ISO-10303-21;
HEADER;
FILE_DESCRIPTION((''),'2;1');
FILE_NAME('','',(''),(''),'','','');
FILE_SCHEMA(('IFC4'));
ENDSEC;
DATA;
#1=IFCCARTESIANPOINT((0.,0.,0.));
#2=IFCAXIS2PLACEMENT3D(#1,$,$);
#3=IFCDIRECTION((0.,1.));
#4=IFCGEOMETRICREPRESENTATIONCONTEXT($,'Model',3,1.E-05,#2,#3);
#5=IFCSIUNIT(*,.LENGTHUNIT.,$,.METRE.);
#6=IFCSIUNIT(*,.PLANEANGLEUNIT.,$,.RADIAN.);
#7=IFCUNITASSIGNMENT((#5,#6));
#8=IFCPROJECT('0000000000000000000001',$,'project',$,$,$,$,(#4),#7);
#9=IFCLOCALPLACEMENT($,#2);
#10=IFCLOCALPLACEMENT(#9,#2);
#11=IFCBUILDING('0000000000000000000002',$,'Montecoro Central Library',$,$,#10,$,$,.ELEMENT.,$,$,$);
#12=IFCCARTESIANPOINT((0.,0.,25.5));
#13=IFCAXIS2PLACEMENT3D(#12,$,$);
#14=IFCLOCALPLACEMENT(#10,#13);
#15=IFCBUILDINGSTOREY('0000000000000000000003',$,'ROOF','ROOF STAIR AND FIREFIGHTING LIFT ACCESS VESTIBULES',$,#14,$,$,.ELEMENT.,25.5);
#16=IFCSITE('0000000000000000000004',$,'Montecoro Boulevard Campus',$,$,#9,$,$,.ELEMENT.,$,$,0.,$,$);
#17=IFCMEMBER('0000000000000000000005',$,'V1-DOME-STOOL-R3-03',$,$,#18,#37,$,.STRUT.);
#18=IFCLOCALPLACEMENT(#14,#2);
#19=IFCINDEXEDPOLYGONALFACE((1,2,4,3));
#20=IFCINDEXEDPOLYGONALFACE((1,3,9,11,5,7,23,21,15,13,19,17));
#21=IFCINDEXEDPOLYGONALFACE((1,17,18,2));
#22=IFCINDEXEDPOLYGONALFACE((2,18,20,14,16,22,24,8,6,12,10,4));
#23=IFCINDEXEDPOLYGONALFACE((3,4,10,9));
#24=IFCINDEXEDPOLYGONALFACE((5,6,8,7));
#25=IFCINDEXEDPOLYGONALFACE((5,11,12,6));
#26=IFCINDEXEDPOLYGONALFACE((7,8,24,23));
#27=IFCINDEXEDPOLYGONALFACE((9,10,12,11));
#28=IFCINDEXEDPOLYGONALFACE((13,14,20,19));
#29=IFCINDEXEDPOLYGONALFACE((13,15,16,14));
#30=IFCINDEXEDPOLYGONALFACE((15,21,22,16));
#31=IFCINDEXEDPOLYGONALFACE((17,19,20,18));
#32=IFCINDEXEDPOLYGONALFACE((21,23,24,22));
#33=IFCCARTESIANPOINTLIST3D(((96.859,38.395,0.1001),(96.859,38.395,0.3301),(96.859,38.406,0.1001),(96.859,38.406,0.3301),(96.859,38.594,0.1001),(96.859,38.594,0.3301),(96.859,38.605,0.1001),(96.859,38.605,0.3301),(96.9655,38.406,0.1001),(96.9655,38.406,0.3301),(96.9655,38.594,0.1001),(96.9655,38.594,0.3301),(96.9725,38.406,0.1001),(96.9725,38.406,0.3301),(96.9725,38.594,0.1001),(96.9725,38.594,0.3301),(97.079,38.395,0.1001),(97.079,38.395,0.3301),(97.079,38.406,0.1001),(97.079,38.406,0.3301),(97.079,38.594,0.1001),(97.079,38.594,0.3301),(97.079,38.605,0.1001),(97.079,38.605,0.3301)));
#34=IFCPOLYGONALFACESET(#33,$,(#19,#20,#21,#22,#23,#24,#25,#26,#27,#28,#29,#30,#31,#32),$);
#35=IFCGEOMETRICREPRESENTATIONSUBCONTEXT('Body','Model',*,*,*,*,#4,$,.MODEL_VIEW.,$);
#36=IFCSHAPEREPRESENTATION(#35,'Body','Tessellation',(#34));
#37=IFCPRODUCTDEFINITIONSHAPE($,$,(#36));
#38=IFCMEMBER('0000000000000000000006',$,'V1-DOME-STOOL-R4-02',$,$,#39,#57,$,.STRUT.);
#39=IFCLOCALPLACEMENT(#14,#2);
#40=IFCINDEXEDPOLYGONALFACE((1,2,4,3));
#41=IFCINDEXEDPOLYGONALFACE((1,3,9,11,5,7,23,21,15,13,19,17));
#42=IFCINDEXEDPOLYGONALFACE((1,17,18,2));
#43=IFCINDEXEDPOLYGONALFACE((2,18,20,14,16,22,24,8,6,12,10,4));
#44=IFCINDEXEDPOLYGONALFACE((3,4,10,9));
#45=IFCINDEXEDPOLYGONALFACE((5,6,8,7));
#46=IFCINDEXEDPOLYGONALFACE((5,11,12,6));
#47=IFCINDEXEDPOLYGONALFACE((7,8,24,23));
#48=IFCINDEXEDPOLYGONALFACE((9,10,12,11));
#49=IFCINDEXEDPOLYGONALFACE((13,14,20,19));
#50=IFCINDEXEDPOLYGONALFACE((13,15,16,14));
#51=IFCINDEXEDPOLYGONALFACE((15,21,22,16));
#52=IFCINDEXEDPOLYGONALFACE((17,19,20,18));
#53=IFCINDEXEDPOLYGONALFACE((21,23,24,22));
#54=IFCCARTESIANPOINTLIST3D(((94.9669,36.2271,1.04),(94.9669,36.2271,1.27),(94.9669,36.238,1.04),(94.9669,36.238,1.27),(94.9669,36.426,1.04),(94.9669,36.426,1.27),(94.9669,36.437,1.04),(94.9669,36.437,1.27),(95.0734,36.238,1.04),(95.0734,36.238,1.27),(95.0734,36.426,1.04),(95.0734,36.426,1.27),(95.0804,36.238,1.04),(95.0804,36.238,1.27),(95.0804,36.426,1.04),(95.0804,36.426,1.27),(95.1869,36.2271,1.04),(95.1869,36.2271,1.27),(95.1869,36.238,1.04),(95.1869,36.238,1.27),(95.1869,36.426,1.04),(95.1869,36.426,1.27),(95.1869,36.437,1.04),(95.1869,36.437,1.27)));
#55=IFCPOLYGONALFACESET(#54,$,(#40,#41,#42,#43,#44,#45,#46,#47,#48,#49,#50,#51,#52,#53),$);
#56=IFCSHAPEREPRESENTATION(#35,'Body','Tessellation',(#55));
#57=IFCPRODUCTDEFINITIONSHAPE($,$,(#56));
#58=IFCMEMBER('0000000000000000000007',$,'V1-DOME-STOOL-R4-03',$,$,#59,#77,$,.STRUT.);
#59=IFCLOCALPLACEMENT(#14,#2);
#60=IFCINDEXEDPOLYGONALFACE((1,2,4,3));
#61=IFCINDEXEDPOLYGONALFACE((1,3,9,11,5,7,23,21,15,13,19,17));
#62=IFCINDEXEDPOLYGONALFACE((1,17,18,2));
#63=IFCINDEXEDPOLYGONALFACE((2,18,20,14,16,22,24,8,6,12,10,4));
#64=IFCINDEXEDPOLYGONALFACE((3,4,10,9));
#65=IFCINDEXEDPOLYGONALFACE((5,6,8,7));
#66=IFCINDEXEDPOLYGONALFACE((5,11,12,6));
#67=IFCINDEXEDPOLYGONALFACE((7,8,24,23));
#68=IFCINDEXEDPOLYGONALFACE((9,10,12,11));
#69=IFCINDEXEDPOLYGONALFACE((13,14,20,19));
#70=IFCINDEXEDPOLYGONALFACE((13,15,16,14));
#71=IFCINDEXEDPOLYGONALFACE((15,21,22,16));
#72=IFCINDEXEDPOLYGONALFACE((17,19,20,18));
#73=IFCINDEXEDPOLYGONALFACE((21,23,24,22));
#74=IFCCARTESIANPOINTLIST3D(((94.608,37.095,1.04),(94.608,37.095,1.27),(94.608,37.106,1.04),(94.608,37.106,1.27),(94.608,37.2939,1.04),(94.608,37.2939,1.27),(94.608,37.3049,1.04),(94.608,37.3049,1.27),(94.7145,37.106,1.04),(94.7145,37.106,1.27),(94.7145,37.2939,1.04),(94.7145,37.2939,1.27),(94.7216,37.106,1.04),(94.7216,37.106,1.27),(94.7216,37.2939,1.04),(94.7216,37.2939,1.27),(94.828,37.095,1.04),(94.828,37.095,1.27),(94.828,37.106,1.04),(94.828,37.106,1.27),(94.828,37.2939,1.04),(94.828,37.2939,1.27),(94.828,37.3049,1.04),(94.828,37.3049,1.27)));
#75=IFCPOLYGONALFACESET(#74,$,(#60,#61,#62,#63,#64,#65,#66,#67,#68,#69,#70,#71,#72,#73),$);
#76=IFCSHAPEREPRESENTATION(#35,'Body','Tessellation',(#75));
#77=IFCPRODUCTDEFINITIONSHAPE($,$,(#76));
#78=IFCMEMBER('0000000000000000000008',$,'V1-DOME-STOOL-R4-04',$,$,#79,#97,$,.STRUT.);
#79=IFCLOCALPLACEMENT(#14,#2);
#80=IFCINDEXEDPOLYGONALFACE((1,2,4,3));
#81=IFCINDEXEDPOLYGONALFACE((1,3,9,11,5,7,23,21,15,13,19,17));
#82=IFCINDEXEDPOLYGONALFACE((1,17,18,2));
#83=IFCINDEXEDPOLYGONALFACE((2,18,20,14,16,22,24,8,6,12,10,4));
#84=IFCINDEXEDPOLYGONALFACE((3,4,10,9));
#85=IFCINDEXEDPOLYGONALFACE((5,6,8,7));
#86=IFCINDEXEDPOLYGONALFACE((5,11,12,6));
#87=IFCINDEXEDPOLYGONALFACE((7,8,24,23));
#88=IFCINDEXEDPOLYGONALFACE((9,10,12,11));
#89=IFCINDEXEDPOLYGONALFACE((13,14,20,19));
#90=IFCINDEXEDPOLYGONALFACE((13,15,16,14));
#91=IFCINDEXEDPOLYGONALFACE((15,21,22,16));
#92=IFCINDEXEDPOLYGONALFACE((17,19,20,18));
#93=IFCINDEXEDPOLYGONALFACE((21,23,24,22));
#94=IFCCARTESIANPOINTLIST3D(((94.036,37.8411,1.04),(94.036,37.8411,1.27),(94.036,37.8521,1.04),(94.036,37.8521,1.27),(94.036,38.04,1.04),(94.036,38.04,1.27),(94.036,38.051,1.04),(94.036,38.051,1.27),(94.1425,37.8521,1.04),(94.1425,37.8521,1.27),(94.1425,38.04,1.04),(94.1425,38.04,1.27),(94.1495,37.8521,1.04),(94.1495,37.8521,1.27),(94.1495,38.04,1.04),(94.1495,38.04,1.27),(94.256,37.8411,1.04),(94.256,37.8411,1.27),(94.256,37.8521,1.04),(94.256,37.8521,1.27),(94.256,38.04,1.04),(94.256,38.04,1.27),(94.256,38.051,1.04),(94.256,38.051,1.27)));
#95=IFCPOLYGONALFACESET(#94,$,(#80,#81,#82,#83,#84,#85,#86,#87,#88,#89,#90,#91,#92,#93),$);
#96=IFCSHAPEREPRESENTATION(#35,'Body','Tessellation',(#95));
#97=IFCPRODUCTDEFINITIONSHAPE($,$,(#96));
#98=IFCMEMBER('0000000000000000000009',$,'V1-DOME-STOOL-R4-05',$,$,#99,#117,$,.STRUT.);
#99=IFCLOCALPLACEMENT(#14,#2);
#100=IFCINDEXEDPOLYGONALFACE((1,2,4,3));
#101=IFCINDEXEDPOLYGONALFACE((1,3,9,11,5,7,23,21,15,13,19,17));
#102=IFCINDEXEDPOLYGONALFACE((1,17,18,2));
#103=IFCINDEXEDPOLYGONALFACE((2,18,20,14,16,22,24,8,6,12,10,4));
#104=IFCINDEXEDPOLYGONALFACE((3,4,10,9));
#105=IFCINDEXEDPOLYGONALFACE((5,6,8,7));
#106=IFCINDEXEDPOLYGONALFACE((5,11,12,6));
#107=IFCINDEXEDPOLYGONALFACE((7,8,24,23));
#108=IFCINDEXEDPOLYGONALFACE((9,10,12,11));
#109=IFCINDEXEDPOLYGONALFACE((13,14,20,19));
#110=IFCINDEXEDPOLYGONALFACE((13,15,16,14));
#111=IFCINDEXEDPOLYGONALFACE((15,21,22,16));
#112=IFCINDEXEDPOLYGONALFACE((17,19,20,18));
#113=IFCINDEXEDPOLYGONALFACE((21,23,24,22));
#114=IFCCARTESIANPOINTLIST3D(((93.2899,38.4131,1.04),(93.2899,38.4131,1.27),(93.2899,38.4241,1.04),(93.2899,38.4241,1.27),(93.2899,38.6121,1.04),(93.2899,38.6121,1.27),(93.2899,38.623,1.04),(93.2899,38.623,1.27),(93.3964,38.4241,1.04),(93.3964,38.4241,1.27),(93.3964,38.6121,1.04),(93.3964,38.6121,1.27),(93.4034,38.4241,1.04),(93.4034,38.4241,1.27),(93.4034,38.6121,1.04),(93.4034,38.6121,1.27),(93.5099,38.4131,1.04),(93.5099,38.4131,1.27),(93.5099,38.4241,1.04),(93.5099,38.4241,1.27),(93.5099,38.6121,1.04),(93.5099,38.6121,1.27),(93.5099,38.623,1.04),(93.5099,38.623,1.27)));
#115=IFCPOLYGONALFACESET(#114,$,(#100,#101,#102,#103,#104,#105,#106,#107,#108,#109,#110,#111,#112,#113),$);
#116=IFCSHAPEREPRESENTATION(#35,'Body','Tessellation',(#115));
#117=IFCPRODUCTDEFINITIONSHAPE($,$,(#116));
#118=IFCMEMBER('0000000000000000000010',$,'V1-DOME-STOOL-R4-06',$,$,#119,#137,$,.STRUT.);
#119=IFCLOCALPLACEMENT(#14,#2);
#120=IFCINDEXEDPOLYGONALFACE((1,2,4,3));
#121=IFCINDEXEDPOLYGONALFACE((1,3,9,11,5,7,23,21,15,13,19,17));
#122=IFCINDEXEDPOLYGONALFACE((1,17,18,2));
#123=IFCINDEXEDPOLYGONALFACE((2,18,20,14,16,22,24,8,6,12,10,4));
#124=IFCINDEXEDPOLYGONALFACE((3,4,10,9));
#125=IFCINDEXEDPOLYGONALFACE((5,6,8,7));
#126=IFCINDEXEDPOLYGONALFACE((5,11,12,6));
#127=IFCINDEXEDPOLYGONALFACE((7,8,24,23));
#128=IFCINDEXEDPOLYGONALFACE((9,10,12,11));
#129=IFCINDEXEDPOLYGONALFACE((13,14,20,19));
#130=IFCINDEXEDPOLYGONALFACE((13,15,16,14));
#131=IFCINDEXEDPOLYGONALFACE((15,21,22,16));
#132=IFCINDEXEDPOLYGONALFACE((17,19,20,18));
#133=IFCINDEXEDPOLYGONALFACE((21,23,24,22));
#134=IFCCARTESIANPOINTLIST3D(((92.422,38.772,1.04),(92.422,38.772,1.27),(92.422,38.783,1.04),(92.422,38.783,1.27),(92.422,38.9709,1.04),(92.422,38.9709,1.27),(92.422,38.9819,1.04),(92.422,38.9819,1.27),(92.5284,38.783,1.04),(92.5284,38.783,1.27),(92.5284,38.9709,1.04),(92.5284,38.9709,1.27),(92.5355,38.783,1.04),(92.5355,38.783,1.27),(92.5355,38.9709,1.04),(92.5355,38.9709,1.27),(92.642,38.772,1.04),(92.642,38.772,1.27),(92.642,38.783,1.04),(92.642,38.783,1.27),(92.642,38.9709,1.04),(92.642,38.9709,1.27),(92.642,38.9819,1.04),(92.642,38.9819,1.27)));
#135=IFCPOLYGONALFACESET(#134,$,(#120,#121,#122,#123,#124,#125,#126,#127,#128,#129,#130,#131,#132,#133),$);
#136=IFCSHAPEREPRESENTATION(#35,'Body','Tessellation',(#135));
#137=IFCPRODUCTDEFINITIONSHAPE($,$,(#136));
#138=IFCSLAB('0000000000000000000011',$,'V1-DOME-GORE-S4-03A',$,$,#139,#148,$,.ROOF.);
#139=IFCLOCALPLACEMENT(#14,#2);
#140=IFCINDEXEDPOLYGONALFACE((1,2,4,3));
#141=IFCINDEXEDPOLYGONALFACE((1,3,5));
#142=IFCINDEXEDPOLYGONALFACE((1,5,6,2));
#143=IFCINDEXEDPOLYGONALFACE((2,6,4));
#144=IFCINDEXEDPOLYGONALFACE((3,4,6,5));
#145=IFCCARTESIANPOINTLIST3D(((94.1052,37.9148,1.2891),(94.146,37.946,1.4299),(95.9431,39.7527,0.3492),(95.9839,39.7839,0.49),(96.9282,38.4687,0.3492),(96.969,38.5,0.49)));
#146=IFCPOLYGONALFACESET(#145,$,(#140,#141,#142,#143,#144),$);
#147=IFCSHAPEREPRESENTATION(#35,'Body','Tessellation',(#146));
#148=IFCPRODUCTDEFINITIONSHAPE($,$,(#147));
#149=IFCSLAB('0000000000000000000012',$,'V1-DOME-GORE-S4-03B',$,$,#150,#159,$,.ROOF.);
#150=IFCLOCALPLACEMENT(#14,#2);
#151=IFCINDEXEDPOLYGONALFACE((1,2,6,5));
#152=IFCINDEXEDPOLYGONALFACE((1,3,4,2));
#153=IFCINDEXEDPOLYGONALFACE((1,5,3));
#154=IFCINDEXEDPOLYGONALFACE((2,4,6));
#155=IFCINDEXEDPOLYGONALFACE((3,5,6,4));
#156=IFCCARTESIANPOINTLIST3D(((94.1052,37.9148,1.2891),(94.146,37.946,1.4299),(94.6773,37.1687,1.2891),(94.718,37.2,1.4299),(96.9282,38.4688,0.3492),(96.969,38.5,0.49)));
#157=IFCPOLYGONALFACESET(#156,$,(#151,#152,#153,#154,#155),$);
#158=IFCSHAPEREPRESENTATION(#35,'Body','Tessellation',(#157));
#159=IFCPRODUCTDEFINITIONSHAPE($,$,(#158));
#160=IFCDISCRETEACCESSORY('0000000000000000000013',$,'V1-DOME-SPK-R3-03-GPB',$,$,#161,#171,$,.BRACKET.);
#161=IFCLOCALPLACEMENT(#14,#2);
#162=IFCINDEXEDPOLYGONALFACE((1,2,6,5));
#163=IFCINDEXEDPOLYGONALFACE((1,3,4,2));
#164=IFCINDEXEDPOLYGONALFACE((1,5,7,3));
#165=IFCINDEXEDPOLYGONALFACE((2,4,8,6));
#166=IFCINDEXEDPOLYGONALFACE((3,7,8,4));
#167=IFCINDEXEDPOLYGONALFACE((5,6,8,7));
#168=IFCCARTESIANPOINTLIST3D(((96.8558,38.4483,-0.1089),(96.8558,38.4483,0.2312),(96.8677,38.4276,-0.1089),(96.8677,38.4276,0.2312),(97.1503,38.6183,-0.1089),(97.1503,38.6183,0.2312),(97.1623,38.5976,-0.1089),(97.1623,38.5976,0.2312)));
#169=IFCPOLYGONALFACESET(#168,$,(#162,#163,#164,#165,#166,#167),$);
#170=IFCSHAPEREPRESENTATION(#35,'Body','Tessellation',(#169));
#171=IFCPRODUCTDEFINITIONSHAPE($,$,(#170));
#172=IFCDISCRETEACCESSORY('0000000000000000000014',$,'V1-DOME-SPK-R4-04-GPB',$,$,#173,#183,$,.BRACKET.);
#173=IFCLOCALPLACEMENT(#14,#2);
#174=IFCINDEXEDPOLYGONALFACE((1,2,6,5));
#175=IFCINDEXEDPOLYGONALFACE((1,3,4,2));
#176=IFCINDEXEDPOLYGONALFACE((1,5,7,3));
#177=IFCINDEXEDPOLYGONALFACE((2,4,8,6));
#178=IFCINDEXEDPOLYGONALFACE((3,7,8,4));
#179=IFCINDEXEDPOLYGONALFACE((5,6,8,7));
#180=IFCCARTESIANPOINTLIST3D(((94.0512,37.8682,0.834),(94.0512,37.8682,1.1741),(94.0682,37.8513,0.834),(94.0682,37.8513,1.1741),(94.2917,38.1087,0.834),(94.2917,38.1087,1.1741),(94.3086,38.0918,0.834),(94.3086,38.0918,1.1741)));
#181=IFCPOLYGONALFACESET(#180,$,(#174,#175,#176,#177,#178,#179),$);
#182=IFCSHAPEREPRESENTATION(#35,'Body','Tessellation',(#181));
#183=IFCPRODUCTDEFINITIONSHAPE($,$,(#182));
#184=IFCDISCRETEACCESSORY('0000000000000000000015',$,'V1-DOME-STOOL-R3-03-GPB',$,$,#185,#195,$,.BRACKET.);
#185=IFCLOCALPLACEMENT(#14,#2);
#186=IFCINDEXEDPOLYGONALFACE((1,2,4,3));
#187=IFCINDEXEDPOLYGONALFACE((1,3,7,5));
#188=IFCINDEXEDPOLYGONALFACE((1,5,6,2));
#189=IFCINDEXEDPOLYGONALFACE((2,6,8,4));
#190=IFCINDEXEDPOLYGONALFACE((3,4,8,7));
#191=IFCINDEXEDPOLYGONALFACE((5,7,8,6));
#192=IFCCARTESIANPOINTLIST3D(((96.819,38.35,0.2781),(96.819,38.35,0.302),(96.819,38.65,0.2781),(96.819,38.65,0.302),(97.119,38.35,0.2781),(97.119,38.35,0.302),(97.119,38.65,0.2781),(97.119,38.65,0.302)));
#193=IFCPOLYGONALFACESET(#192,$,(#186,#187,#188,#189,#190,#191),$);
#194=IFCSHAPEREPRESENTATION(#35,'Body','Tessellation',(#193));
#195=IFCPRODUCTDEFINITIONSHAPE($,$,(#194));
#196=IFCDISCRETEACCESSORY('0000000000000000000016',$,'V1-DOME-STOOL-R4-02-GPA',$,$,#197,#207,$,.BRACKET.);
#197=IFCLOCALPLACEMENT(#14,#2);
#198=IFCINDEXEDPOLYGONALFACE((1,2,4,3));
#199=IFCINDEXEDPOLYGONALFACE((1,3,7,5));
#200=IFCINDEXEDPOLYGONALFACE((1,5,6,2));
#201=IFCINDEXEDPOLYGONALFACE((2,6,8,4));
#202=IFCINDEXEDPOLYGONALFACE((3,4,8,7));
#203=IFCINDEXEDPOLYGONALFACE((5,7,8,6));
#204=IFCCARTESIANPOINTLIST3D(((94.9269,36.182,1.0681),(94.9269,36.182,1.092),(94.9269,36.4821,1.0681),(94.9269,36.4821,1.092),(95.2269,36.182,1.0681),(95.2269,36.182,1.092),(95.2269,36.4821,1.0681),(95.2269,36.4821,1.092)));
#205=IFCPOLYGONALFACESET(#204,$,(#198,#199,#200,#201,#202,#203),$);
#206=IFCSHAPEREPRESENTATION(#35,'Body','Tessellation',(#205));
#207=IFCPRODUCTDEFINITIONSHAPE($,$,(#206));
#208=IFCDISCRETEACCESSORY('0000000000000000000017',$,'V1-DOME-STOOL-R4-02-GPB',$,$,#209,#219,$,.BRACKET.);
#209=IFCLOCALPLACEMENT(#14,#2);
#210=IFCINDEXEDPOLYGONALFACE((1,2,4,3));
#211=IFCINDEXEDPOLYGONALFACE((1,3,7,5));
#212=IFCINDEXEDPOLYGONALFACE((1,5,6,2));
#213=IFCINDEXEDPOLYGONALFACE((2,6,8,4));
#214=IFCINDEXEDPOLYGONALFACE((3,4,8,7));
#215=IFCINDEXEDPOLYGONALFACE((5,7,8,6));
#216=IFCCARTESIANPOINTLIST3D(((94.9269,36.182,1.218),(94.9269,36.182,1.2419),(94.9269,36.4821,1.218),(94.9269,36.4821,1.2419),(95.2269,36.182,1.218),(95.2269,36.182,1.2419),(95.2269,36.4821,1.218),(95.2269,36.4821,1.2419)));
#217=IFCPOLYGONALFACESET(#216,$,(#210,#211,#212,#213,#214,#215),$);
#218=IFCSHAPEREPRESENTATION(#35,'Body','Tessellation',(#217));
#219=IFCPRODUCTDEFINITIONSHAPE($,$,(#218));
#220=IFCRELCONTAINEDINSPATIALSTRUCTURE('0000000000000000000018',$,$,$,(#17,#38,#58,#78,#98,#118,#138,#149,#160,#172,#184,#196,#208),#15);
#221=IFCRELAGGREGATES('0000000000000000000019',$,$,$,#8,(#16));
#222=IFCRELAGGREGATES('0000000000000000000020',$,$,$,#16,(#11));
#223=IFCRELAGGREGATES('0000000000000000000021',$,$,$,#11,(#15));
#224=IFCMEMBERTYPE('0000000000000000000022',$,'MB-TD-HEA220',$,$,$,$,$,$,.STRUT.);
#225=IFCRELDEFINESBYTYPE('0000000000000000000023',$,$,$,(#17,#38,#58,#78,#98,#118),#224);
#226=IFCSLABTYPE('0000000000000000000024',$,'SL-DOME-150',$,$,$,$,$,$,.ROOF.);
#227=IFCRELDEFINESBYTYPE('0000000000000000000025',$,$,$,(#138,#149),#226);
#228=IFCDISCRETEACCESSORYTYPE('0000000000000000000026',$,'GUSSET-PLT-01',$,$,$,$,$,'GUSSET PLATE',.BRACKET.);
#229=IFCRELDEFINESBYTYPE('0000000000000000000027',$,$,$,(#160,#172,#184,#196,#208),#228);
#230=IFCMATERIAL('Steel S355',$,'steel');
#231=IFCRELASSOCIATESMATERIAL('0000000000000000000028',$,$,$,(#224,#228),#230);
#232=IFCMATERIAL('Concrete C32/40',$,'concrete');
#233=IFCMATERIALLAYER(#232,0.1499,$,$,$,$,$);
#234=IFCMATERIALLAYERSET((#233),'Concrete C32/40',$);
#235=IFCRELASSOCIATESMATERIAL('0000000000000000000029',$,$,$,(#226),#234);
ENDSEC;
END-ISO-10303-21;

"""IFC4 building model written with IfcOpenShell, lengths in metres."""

from ifc_helpers import new_model, si_unit, direction, frame, origin, origin_2d, place, context, subcontext, project, spatial, polyline, rectangle, i_section, outline, extrude, material, layer, layer_set, material_profile, profile_set, type_object, element, save


model = new_model("IFC4")

# Units and contexts
model_context = context("Model", 3, precision=1e-05, world=origin(), true_north=direction((0.0, 1.0)))
body_context = subcontext(model_context, "Body", "Model", "MODEL_VIEW")
ifc_project = project(units=[si_unit("LENGTHUNIT", "METRE"), si_unit("PLANEANGLEUNIT", "RADIAN")], contexts=[model_context])

# Site, building, storey
site_placement = place(None, origin())
site = spatial("IfcSite", under=ifc_project, at=site_placement, Name="Montecoro Boulevard Campus", CompositionType="ELEMENT", RefElevation=0.0)
building_placement = place(site_placement, origin())
building = spatial("IfcBuilding", under=site, at=building_placement, Name="Montecoro Central Library", CompositionType="ELEMENT")
storey_placement = place(building_placement, frame((0.0, 0.0, 25.5)))
storey = spatial("IfcBuildingStorey", under=building, at=storey_placement, Name="ROOF", Description="ROOF STAIR AND FIREFIGHTING LIFT ACCESS VESTIBULES", CompositionType="ELEMENT", Elevation=25.5)

# Members
ifc_material_1 = material(Name="Steel S355", Category="steel")
ifc_material_profile_1 = material_profile(ifc_material_1, i_section(OverallWidth=0.22, OverallDepth=0.21, WebThickness=0.0071, FlangeThickness=0.011, at=origin_2d()), Name="HEA 220")
ifc_profile_set_1 = profile_set([ifc_material_profile_1], Name="Steel S355")
member_type_1 = type_object("IfcMemberType", Name="MB-TD-HEA220", PredefinedType="STRUT", material=ifc_profile_set_1)
for number, where, z_axis, x_axis, name in (
    (1, (96.969, 38.5, 0.1001), (0.0, 0.0, 1.0), (1.0, 0.0, 0.0), "V1-DOME-STOOL-R3-03"),
    (2, (95.0769, 36.332, 1.04), (0.0, 0.0, 1.0), (1.0, 0.0, 0.0), "V1-DOME-STOOL-R4-02"),
    (3, (94.718, 37.2, 1.04), (0.0, 0.0, 1.0), (1.0, 0.0, 0.0), "V1-DOME-STOOL-R4-03"),
    (4, (94.146, 37.946, 1.04), (0.0, 0.0, 1.0), (1.0, 0.0, 0.0), "V1-DOME-STOOL-R4-04"),
    (5, (93.3999, 38.5181, 1.04), (0.0, 0.0, 1.0), (1.0, 0.0, 0.0), "V1-DOME-STOOL-R4-05"),
    (6, (92.532, 38.877, 1.04), (0.0, 0.0, 1.0), (1.0, 0.0, 0.0), "V1-DOME-STOOL-R4-06"),
):
    element("IfcMember", number, at=place(storey_placement, frame(where, z_axis=z_axis, x_axis=x_axis)), inside=storey, type_object=member_type_1, Name=name, PredefinedType="STRUT", context=body_context, shape_type="SweptSolid", body=[
        extrude(i_section(OverallWidth=0.22, OverallDepth=0.21, WebThickness=0.0071, FlangeThickness=0.011, at=origin_2d()), origin(), (0.0, 0.0, 1.0), 0.23),
    ])

# Slabs
ifc_material_2 = material(Name="Concrete C32/40", Category="concrete")
ifc_layer = layer(ifc_material_2, 0.1499)
ifc_layer_set = layer_set([ifc_layer], Name="Concrete C32/40")
slab_type = type_object("IfcSlabType", Name="SL-DOME-150", PredefinedType="ROOF", material=ifc_layer_set)
slab_1_placement = place(storey_placement, frame((96.969, 38.5, 0.49), z_axis=(0.271868, 0.208592, 0.939456), x_axis=(-0.608726, 0.79338, 0.0)))
element("IfcSlab", 7, at=slab_1_placement, inside=storey, type_object=slab_type, Name="V1-DOME-GORE-S4-03A", PredefinedType="ROOF", context=body_context, shape_type="SweptSolid", body=[
    extrude(outline(polyline([(0.0, 0.0), (1.6183, 0.0), (1.2789, 2.743), (0.0, 0.0)])), origin(), (0.0, 0.0, -1.0), 0.1499),
])
slab_2_placement = place(storey_placement, frame((96.969, 38.5, 0.49), z_axis=(0.2719, 0.208463, 0.939475), x_axis=(-0.932761, -0.183035, 0.310571)))
element("IfcSlab", 8, at=slab_2_placement, inside=storey, type_object=slab_type, Name="V1-DOME-GORE-S4-03B", PredefinedType="ROOF", context=body_context, shape_type="SweptSolid", body=[
    extrude(outline(polyline([(0.0, 0.0), (3.0265, 0.0), (2.6295, 0.8522), (0.0, 0.0)])), origin(), (0.0, 0.0, -1.0), 0.1499),
])

# Discrete accessories
discrete_accessory_type = type_object("IfcDiscreteAccessoryType", Name="GUSSET-PLT-01", ElementType="GUSSET PLATE", PredefinedType="BRACKET", material=ifc_material_1)
for number, where, z_axis, x_axis, name in (
    (9, (97.009, 38.5229, -0.1089), (0.0, 0.0, 1.0), (-0.866113, -0.499849, 0.0), "V1-DOME-SPK-R3-03-GPB"),
    (10, (94.1799, 37.98, 0.834), (0.0, 0.0, 1.0), (-0.707107, -0.707107, 0.0), "V1-DOME-SPK-R4-04-GPB"),
):
    element("IfcDiscreteAccessory", number, at=place(storey_placement, frame(where, z_axis=z_axis, x_axis=x_axis)), inside=storey, type_object=discrete_accessory_type, Name=name, PredefinedType="BRACKET", context=body_context, shape_type="SweptSolid", body=[
        extrude(rectangle(XDim=0.3401, YDim=0.0239, at=origin_2d()), origin(), (0.0, 0.0, 1.0), 0.3401),
    ])
for number, where, z_axis, x_axis, name in (
    (11, (96.969, 38.5, 0.2781), (0.0, 0.0, 1.0), (1.0, 0.0, 0.0), "V1-DOME-STOOL-R3-03-GPB"),
    (12, (95.0769, 36.332, 1.0681), (0.0, 0.0, 1.0), (1.0, 0.0, 0.0), "V1-DOME-STOOL-R4-02-GPA"),
    (13, (95.0769, 36.332, 1.218), (0.0, 0.0, 1.0), (1.0, 0.0, 0.0), "V1-DOME-STOOL-R4-02-GPB"),
):
    element("IfcDiscreteAccessory", number, at=place(storey_placement, frame(where, z_axis=z_axis, x_axis=x_axis)), inside=storey, type_object=discrete_accessory_type, Name=name, PredefinedType="BRACKET", context=body_context, shape_type="SweptSolid", body=[
        extrude(rectangle(XDim=0.3, YDim=0.3, at=origin_2d()), origin(), (0.0, 0.0, 1.0), 0.0239),
    ])

save(model, "model.ifc")
